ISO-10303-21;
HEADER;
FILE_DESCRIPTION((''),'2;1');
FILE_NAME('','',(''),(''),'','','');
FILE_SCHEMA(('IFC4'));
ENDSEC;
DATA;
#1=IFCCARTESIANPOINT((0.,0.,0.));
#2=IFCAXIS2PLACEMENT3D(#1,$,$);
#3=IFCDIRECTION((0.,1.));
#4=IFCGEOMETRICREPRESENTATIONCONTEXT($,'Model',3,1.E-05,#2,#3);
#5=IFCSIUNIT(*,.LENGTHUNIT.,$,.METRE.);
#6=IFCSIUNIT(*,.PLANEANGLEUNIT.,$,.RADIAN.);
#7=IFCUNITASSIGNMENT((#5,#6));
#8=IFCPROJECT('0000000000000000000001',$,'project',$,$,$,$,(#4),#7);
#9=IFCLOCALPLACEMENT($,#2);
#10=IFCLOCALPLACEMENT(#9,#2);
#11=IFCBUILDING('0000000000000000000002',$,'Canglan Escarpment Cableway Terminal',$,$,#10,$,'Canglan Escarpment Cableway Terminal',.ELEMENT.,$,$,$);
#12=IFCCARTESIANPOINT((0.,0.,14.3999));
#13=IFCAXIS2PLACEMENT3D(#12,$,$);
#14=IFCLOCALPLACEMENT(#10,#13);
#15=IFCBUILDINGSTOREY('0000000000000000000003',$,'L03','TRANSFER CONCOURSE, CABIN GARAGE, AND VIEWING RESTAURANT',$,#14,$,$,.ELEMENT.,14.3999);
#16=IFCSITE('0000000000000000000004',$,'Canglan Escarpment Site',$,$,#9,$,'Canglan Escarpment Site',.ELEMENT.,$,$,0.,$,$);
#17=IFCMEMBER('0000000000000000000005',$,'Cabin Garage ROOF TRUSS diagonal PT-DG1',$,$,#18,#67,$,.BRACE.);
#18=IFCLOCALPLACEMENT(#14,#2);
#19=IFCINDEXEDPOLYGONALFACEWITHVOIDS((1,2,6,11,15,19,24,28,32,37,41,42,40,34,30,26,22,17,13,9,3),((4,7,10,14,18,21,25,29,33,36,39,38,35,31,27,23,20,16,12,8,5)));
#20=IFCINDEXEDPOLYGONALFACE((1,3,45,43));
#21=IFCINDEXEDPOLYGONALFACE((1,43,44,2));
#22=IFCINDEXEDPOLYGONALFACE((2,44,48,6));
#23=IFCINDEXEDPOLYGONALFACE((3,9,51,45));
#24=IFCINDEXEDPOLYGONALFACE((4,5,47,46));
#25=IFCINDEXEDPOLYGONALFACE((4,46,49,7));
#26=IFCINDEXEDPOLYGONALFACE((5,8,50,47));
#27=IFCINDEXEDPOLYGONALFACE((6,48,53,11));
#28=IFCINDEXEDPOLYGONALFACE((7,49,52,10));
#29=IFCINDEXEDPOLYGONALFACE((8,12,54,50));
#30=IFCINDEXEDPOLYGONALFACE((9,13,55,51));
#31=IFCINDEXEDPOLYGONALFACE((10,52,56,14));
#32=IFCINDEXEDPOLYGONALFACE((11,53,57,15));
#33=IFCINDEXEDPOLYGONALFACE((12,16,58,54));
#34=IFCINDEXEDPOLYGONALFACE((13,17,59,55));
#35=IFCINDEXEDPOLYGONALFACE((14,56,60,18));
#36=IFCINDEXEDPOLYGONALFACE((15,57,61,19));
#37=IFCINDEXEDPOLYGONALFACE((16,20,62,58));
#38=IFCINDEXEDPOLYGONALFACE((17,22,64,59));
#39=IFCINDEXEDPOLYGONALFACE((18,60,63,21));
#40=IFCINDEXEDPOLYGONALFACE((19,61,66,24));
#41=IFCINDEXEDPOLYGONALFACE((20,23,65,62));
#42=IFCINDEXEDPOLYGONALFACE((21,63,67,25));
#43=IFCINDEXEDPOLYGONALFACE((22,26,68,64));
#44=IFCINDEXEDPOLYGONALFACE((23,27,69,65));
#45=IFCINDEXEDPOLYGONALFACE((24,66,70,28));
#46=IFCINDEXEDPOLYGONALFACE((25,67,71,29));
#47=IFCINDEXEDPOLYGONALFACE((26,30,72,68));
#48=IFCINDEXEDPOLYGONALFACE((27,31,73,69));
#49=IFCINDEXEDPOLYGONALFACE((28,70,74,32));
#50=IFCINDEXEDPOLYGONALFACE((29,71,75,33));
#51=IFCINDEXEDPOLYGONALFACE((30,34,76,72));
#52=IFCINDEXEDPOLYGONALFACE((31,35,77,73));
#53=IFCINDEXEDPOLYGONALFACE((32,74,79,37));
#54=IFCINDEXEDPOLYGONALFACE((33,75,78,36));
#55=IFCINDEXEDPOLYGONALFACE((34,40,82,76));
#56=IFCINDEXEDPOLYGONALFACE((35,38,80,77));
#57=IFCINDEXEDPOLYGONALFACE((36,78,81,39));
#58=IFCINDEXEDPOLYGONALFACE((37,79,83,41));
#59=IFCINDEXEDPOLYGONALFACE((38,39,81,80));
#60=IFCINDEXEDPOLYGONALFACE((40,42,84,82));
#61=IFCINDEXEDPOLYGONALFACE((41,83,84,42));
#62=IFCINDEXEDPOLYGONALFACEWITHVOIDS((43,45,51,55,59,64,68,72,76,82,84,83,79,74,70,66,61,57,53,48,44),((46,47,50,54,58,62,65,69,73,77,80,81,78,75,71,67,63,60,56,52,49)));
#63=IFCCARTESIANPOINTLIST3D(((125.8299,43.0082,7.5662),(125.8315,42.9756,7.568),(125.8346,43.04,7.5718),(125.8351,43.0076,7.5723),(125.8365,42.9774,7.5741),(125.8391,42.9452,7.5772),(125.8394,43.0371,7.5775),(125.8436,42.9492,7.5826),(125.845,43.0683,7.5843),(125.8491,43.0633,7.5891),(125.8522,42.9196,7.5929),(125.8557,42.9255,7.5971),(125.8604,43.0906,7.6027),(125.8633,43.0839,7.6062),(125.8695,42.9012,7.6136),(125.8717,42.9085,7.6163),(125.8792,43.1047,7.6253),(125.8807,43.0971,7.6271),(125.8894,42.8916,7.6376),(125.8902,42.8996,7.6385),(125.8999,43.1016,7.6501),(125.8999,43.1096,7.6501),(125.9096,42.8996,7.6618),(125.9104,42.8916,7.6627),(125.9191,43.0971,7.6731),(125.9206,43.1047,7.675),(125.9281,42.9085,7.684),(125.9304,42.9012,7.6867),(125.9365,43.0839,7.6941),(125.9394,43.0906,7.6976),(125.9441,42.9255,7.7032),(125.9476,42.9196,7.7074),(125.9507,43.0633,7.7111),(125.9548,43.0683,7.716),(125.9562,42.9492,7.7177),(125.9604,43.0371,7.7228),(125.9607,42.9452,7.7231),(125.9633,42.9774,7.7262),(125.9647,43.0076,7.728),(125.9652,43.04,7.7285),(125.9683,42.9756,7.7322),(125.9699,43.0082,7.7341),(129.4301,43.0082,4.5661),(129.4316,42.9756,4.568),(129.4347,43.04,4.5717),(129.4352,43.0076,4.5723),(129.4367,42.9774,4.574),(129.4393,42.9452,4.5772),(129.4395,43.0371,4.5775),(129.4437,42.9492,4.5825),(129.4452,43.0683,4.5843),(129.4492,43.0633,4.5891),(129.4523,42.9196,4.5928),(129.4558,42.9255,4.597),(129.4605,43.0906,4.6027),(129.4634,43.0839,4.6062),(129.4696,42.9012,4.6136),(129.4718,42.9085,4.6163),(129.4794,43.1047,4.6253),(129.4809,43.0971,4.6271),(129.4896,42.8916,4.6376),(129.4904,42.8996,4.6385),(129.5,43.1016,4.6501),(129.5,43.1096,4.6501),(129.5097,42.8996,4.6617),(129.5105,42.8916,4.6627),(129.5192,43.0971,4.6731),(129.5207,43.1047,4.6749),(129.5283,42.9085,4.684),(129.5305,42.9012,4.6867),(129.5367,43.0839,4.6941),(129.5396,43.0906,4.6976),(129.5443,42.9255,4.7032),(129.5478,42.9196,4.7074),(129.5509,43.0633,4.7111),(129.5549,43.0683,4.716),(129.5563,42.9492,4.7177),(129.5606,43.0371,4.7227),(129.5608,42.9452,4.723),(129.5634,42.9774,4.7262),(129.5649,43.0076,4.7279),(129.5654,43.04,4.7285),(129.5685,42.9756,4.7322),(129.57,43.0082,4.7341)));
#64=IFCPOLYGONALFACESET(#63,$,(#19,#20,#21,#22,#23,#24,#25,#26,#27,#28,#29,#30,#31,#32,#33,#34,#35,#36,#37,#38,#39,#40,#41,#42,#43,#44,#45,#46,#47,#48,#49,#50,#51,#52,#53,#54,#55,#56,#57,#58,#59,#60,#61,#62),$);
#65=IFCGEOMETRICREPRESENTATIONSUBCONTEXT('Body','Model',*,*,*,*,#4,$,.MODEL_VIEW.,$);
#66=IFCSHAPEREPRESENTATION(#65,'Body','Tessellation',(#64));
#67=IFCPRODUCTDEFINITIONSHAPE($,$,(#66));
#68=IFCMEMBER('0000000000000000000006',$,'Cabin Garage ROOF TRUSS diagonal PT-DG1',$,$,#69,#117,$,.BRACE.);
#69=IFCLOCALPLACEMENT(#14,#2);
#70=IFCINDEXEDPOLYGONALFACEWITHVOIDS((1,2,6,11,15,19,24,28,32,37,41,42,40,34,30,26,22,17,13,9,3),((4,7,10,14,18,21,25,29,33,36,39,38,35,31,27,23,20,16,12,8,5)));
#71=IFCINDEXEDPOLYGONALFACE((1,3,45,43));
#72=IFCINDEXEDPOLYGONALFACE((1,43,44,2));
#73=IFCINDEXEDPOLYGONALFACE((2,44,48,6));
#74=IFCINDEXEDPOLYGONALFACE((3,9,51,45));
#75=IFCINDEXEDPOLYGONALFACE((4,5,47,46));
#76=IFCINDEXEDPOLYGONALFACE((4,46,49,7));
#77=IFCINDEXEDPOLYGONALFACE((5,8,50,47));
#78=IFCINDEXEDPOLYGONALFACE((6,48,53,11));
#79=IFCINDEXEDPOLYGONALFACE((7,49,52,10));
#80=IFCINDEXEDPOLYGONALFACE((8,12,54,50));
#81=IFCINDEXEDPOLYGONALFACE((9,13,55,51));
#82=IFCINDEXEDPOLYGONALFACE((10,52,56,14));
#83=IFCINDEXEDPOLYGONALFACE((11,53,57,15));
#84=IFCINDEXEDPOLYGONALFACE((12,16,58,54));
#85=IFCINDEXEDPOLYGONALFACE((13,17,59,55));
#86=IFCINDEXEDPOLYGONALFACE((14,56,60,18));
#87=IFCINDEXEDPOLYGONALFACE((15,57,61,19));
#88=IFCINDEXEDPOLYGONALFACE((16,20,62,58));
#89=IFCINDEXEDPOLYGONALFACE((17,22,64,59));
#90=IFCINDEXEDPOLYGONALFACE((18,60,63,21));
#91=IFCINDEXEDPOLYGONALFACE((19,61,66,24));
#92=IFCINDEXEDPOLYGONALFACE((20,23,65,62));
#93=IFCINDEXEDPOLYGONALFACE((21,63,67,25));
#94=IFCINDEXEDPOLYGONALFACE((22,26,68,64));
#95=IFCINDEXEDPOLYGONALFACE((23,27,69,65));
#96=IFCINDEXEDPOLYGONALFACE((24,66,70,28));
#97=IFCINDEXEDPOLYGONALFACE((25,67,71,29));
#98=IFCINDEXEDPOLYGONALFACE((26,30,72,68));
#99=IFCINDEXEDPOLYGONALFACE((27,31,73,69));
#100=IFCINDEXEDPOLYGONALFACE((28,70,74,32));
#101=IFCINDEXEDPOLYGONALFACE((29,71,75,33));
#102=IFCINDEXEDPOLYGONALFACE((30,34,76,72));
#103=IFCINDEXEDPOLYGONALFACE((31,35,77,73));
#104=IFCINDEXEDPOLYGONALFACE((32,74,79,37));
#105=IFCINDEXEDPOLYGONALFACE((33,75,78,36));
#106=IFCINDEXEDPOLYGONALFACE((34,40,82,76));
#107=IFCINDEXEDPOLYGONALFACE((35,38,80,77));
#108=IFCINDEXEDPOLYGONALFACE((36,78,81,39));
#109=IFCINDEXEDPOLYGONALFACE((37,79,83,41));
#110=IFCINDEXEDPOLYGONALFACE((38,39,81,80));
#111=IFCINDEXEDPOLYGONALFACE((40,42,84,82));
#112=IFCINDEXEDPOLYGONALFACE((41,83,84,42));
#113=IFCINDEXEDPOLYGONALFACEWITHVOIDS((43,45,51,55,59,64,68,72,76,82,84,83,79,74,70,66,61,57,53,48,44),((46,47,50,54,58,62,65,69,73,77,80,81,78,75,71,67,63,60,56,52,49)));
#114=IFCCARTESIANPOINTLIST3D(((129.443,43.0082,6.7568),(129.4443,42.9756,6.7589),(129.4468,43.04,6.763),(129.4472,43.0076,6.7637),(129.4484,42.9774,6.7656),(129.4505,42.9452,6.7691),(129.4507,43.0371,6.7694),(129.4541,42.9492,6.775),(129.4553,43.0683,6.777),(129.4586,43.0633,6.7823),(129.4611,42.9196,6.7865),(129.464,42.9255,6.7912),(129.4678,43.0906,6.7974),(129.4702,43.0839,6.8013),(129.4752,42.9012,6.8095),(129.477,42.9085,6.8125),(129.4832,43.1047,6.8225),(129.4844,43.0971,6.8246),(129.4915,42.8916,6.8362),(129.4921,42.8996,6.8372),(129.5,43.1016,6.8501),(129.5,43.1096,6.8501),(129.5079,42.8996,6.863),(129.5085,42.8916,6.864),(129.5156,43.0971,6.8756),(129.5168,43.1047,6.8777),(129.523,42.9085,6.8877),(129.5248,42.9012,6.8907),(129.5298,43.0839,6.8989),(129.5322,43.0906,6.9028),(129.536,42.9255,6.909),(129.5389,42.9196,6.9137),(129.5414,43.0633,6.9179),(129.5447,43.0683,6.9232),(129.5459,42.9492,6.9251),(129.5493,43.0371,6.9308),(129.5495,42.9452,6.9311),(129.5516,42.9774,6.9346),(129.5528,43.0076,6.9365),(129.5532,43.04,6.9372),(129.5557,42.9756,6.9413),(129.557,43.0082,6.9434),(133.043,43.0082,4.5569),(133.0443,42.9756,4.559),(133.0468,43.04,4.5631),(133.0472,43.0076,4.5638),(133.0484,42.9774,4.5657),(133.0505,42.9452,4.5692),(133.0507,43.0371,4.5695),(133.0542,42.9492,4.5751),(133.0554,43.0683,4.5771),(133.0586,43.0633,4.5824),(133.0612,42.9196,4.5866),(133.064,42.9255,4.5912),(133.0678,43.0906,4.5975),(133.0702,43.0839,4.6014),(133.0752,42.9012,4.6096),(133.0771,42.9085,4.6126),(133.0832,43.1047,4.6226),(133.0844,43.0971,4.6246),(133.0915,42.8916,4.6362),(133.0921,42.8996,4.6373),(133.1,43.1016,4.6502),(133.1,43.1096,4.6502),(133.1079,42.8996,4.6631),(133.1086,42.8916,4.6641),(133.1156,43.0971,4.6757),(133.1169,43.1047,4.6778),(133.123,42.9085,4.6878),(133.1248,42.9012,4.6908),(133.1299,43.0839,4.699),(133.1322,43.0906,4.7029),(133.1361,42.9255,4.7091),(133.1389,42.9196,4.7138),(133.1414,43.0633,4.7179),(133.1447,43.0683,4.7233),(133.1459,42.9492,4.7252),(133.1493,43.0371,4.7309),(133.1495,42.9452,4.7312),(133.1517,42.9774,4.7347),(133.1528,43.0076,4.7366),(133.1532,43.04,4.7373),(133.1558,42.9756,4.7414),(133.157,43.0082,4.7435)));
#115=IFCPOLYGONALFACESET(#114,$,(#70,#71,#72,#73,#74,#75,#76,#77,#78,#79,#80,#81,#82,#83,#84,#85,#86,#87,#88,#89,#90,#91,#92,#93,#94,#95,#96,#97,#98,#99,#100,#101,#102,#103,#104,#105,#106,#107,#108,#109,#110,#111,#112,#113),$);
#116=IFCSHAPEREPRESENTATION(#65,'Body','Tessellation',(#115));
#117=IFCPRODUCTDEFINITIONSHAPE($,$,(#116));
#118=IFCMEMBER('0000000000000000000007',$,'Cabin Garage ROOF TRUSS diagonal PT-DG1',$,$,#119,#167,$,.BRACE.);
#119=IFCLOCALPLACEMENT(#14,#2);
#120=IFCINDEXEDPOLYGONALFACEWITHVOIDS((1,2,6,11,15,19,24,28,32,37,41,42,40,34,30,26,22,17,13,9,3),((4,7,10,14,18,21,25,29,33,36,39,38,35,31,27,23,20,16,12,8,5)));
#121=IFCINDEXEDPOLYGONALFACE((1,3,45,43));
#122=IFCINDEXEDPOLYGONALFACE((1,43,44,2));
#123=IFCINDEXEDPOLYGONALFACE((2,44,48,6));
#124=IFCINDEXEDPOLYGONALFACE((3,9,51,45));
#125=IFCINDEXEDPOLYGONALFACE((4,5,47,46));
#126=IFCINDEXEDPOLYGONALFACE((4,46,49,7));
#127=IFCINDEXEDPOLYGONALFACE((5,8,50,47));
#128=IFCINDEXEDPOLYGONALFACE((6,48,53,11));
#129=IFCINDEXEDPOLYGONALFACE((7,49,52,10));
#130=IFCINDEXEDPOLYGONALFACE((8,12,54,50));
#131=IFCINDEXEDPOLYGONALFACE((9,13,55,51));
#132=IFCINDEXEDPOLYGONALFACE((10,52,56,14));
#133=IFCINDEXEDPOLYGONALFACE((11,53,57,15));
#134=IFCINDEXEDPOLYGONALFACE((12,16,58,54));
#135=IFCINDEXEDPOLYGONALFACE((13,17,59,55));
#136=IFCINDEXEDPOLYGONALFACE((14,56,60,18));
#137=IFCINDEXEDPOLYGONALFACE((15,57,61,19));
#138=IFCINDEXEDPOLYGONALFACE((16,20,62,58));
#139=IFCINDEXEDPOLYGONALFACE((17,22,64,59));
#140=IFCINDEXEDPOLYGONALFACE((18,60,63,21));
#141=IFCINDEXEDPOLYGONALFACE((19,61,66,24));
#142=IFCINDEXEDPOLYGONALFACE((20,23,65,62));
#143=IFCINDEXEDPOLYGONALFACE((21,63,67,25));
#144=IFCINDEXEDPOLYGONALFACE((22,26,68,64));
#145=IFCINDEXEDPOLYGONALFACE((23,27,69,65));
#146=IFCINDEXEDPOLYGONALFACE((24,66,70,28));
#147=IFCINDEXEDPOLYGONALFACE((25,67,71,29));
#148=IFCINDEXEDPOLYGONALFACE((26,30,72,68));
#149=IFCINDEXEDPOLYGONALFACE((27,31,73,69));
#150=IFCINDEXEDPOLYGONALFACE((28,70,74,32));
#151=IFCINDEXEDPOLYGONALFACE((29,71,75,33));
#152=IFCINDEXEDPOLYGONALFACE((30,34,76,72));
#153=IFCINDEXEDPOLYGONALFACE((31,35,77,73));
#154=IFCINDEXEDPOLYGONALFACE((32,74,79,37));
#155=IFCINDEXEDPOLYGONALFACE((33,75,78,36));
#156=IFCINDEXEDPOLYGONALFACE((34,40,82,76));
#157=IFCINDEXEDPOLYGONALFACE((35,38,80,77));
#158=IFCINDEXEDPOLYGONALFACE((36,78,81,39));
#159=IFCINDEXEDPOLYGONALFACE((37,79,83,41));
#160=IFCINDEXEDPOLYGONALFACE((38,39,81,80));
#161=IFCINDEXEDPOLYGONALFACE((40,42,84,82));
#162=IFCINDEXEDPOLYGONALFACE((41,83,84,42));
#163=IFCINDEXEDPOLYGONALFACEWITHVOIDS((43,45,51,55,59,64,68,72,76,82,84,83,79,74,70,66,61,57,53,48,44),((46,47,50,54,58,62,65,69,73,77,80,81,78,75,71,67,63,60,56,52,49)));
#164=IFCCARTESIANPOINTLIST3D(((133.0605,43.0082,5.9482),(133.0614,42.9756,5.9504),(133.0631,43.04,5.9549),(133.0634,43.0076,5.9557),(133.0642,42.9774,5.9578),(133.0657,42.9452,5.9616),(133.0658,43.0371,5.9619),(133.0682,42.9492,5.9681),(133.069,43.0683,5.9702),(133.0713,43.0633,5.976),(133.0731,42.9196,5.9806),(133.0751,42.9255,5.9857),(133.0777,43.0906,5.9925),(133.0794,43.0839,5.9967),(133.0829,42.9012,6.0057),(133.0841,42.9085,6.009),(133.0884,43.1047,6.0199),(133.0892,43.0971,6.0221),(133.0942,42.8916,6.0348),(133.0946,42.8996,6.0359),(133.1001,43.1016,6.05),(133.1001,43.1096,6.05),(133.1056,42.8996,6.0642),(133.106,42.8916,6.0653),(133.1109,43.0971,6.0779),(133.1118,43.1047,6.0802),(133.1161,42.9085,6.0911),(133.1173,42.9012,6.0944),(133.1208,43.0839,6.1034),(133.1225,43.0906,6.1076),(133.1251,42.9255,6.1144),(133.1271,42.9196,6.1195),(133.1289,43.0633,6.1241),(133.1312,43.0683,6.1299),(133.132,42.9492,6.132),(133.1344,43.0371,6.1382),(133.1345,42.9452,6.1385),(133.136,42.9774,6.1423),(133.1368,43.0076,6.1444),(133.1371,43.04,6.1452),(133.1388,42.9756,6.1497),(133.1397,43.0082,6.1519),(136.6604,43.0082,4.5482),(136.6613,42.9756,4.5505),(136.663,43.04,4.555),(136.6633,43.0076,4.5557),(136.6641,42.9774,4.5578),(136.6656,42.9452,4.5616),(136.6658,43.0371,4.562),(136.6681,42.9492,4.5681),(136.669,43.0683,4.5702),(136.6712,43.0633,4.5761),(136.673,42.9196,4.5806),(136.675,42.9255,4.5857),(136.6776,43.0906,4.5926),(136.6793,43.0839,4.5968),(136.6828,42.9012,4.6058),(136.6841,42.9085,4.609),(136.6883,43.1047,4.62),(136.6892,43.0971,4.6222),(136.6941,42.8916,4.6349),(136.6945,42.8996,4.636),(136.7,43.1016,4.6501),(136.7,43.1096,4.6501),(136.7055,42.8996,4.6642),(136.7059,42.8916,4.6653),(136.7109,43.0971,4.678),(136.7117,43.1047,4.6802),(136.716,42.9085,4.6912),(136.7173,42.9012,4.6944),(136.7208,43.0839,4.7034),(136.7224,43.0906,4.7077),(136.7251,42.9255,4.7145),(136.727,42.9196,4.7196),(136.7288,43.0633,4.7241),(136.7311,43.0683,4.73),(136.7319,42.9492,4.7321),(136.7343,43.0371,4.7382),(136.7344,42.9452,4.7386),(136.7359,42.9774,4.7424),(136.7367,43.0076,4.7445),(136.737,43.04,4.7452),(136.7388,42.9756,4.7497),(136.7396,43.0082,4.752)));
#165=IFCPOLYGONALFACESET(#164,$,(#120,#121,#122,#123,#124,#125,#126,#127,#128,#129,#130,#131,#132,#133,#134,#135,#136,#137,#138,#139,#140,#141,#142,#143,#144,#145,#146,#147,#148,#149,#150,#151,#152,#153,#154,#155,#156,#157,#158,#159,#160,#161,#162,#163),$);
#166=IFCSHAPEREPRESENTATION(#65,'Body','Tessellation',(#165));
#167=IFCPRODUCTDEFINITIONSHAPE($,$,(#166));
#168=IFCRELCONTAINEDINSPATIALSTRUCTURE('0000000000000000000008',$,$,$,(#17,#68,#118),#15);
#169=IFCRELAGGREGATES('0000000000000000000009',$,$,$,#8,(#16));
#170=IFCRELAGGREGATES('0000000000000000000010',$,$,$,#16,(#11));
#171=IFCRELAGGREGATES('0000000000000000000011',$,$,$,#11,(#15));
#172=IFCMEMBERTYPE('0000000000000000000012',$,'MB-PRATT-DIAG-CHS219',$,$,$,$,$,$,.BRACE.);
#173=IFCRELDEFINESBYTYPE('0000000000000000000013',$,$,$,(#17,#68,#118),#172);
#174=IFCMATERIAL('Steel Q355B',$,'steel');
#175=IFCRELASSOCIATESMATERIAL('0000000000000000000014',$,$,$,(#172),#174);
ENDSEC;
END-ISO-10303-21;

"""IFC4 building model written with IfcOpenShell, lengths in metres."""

from ifc_helpers import new_model, si_unit, direction, frame, origin, origin_2d, place, context, subcontext, project, spatial, hollow_circle, extrude, material, material_profile, profile_set, type_object, element, save


model = new_model("IFC4")

# Units and contexts
model_context = context("Model", 3, precision=1e-05, world=origin(), true_north=direction((0.0, 1.0)))
body_context = subcontext(model_context, "Body", "Model", "MODEL_VIEW")
ifc_project = project(units=[si_unit("LENGTHUNIT", "METRE"), si_unit("PLANEANGLEUNIT", "RADIAN")], contexts=[model_context])

# Site, building, storey
site_placement = place(None, origin())
site = spatial("IfcSite", under=ifc_project, at=site_placement, Name="Canglan Escarpment Site", LongName="Canglan Escarpment Site", CompositionType="ELEMENT", RefElevation=0.0)
building_placement = place(site_placement, origin())
building = spatial("IfcBuilding", under=site, at=building_placement, Name="Canglan Escarpment Cableway Terminal", LongName="Canglan Escarpment Cableway Terminal", CompositionType="ELEMENT")
storey_placement = place(building_placement, frame((0.0, 0.0, 14.3999)))
storey = spatial("IfcBuildingStorey", under=building, at=storey_placement, Name="L03", Description="TRANSFER CONCOURSE, CABIN GARAGE, AND VIEWING RESTAURANT", CompositionType="ELEMENT", Elevation=14.3999)

# Shared definitions
ifc_material_1 = material(Name="Steel Q355B", Category="steel")

# Members
ifc_material_profile_1 = material_profile(ifc_material_1, hollow_circle(Radius=0.1096, WallThickness=0.0081, at=origin_2d()), Name="CHS 219.1x8")
ifc_profile_set_1 = profile_set([ifc_material_profile_1], Name="Steel Q355B")
member_type_1 = type_object("IfcMemberType", Name="MB-PRATT-DIAG-CHS219", PredefinedType="BRACE", material=ifc_profile_set_1)
member_1_placement = place(storey_placement, frame((125.8999, 43.0, 7.6501), z_axis=(0.76823, 0.0, -0.640174), x_axis=(0.0, 1.0, 0.0)))
element("IfcMember", 1, at=member_1_placement, inside=storey, type_object=member_type_1, Name="Cabin Garage ROOF TRUSS diagonal PT-DG1", PredefinedType="BRACE", context=body_context, shape_type="SweptSolid", body=[
    extrude(hollow_circle(Radius=0.1096, WallThickness=0.0081, at=origin_2d()), origin(), (0.0, 0.0, 1.0), 4.6863),
])
member_2_placement = place(storey_placement, frame((129.5, 43.0, 6.8501), z_axis=(0.853293, 0.0, -0.521431), x_axis=(0.0, 1.0, 0.0)))
element("IfcMember", 2, at=member_2_placement, inside=storey, type_object=member_type_1, Name="Cabin Garage ROOF TRUSS diagonal PT-DG1", PredefinedType="BRACE", context=body_context, shape_type="SweptSolid", body=[
    extrude(hollow_circle(Radius=0.1096, WallThickness=0.0081, at=origin_2d()), origin(), (0.0, 0.0, 1.0), 4.219),
])
member_3_placement = place(storey_placement, frame((133.1001, 43.0, 6.05), z_axis=(0.932008, 0.0, -0.362437), x_axis=(0.0, 1.0, 0.0)))
element("IfcMember", 3, at=member_3_placement, inside=storey, type_object=member_type_1, Name="Cabin Garage ROOF TRUSS diagonal PT-DG1", PredefinedType="BRACE", context=body_context, shape_type="SweptSolid", body=[
    extrude(hollow_circle(Radius=0.1096, WallThickness=0.0081, at=origin_2d()), origin(), (0.0, 0.0, 1.0), 3.8625),
])

save(model, "model.ifc")
